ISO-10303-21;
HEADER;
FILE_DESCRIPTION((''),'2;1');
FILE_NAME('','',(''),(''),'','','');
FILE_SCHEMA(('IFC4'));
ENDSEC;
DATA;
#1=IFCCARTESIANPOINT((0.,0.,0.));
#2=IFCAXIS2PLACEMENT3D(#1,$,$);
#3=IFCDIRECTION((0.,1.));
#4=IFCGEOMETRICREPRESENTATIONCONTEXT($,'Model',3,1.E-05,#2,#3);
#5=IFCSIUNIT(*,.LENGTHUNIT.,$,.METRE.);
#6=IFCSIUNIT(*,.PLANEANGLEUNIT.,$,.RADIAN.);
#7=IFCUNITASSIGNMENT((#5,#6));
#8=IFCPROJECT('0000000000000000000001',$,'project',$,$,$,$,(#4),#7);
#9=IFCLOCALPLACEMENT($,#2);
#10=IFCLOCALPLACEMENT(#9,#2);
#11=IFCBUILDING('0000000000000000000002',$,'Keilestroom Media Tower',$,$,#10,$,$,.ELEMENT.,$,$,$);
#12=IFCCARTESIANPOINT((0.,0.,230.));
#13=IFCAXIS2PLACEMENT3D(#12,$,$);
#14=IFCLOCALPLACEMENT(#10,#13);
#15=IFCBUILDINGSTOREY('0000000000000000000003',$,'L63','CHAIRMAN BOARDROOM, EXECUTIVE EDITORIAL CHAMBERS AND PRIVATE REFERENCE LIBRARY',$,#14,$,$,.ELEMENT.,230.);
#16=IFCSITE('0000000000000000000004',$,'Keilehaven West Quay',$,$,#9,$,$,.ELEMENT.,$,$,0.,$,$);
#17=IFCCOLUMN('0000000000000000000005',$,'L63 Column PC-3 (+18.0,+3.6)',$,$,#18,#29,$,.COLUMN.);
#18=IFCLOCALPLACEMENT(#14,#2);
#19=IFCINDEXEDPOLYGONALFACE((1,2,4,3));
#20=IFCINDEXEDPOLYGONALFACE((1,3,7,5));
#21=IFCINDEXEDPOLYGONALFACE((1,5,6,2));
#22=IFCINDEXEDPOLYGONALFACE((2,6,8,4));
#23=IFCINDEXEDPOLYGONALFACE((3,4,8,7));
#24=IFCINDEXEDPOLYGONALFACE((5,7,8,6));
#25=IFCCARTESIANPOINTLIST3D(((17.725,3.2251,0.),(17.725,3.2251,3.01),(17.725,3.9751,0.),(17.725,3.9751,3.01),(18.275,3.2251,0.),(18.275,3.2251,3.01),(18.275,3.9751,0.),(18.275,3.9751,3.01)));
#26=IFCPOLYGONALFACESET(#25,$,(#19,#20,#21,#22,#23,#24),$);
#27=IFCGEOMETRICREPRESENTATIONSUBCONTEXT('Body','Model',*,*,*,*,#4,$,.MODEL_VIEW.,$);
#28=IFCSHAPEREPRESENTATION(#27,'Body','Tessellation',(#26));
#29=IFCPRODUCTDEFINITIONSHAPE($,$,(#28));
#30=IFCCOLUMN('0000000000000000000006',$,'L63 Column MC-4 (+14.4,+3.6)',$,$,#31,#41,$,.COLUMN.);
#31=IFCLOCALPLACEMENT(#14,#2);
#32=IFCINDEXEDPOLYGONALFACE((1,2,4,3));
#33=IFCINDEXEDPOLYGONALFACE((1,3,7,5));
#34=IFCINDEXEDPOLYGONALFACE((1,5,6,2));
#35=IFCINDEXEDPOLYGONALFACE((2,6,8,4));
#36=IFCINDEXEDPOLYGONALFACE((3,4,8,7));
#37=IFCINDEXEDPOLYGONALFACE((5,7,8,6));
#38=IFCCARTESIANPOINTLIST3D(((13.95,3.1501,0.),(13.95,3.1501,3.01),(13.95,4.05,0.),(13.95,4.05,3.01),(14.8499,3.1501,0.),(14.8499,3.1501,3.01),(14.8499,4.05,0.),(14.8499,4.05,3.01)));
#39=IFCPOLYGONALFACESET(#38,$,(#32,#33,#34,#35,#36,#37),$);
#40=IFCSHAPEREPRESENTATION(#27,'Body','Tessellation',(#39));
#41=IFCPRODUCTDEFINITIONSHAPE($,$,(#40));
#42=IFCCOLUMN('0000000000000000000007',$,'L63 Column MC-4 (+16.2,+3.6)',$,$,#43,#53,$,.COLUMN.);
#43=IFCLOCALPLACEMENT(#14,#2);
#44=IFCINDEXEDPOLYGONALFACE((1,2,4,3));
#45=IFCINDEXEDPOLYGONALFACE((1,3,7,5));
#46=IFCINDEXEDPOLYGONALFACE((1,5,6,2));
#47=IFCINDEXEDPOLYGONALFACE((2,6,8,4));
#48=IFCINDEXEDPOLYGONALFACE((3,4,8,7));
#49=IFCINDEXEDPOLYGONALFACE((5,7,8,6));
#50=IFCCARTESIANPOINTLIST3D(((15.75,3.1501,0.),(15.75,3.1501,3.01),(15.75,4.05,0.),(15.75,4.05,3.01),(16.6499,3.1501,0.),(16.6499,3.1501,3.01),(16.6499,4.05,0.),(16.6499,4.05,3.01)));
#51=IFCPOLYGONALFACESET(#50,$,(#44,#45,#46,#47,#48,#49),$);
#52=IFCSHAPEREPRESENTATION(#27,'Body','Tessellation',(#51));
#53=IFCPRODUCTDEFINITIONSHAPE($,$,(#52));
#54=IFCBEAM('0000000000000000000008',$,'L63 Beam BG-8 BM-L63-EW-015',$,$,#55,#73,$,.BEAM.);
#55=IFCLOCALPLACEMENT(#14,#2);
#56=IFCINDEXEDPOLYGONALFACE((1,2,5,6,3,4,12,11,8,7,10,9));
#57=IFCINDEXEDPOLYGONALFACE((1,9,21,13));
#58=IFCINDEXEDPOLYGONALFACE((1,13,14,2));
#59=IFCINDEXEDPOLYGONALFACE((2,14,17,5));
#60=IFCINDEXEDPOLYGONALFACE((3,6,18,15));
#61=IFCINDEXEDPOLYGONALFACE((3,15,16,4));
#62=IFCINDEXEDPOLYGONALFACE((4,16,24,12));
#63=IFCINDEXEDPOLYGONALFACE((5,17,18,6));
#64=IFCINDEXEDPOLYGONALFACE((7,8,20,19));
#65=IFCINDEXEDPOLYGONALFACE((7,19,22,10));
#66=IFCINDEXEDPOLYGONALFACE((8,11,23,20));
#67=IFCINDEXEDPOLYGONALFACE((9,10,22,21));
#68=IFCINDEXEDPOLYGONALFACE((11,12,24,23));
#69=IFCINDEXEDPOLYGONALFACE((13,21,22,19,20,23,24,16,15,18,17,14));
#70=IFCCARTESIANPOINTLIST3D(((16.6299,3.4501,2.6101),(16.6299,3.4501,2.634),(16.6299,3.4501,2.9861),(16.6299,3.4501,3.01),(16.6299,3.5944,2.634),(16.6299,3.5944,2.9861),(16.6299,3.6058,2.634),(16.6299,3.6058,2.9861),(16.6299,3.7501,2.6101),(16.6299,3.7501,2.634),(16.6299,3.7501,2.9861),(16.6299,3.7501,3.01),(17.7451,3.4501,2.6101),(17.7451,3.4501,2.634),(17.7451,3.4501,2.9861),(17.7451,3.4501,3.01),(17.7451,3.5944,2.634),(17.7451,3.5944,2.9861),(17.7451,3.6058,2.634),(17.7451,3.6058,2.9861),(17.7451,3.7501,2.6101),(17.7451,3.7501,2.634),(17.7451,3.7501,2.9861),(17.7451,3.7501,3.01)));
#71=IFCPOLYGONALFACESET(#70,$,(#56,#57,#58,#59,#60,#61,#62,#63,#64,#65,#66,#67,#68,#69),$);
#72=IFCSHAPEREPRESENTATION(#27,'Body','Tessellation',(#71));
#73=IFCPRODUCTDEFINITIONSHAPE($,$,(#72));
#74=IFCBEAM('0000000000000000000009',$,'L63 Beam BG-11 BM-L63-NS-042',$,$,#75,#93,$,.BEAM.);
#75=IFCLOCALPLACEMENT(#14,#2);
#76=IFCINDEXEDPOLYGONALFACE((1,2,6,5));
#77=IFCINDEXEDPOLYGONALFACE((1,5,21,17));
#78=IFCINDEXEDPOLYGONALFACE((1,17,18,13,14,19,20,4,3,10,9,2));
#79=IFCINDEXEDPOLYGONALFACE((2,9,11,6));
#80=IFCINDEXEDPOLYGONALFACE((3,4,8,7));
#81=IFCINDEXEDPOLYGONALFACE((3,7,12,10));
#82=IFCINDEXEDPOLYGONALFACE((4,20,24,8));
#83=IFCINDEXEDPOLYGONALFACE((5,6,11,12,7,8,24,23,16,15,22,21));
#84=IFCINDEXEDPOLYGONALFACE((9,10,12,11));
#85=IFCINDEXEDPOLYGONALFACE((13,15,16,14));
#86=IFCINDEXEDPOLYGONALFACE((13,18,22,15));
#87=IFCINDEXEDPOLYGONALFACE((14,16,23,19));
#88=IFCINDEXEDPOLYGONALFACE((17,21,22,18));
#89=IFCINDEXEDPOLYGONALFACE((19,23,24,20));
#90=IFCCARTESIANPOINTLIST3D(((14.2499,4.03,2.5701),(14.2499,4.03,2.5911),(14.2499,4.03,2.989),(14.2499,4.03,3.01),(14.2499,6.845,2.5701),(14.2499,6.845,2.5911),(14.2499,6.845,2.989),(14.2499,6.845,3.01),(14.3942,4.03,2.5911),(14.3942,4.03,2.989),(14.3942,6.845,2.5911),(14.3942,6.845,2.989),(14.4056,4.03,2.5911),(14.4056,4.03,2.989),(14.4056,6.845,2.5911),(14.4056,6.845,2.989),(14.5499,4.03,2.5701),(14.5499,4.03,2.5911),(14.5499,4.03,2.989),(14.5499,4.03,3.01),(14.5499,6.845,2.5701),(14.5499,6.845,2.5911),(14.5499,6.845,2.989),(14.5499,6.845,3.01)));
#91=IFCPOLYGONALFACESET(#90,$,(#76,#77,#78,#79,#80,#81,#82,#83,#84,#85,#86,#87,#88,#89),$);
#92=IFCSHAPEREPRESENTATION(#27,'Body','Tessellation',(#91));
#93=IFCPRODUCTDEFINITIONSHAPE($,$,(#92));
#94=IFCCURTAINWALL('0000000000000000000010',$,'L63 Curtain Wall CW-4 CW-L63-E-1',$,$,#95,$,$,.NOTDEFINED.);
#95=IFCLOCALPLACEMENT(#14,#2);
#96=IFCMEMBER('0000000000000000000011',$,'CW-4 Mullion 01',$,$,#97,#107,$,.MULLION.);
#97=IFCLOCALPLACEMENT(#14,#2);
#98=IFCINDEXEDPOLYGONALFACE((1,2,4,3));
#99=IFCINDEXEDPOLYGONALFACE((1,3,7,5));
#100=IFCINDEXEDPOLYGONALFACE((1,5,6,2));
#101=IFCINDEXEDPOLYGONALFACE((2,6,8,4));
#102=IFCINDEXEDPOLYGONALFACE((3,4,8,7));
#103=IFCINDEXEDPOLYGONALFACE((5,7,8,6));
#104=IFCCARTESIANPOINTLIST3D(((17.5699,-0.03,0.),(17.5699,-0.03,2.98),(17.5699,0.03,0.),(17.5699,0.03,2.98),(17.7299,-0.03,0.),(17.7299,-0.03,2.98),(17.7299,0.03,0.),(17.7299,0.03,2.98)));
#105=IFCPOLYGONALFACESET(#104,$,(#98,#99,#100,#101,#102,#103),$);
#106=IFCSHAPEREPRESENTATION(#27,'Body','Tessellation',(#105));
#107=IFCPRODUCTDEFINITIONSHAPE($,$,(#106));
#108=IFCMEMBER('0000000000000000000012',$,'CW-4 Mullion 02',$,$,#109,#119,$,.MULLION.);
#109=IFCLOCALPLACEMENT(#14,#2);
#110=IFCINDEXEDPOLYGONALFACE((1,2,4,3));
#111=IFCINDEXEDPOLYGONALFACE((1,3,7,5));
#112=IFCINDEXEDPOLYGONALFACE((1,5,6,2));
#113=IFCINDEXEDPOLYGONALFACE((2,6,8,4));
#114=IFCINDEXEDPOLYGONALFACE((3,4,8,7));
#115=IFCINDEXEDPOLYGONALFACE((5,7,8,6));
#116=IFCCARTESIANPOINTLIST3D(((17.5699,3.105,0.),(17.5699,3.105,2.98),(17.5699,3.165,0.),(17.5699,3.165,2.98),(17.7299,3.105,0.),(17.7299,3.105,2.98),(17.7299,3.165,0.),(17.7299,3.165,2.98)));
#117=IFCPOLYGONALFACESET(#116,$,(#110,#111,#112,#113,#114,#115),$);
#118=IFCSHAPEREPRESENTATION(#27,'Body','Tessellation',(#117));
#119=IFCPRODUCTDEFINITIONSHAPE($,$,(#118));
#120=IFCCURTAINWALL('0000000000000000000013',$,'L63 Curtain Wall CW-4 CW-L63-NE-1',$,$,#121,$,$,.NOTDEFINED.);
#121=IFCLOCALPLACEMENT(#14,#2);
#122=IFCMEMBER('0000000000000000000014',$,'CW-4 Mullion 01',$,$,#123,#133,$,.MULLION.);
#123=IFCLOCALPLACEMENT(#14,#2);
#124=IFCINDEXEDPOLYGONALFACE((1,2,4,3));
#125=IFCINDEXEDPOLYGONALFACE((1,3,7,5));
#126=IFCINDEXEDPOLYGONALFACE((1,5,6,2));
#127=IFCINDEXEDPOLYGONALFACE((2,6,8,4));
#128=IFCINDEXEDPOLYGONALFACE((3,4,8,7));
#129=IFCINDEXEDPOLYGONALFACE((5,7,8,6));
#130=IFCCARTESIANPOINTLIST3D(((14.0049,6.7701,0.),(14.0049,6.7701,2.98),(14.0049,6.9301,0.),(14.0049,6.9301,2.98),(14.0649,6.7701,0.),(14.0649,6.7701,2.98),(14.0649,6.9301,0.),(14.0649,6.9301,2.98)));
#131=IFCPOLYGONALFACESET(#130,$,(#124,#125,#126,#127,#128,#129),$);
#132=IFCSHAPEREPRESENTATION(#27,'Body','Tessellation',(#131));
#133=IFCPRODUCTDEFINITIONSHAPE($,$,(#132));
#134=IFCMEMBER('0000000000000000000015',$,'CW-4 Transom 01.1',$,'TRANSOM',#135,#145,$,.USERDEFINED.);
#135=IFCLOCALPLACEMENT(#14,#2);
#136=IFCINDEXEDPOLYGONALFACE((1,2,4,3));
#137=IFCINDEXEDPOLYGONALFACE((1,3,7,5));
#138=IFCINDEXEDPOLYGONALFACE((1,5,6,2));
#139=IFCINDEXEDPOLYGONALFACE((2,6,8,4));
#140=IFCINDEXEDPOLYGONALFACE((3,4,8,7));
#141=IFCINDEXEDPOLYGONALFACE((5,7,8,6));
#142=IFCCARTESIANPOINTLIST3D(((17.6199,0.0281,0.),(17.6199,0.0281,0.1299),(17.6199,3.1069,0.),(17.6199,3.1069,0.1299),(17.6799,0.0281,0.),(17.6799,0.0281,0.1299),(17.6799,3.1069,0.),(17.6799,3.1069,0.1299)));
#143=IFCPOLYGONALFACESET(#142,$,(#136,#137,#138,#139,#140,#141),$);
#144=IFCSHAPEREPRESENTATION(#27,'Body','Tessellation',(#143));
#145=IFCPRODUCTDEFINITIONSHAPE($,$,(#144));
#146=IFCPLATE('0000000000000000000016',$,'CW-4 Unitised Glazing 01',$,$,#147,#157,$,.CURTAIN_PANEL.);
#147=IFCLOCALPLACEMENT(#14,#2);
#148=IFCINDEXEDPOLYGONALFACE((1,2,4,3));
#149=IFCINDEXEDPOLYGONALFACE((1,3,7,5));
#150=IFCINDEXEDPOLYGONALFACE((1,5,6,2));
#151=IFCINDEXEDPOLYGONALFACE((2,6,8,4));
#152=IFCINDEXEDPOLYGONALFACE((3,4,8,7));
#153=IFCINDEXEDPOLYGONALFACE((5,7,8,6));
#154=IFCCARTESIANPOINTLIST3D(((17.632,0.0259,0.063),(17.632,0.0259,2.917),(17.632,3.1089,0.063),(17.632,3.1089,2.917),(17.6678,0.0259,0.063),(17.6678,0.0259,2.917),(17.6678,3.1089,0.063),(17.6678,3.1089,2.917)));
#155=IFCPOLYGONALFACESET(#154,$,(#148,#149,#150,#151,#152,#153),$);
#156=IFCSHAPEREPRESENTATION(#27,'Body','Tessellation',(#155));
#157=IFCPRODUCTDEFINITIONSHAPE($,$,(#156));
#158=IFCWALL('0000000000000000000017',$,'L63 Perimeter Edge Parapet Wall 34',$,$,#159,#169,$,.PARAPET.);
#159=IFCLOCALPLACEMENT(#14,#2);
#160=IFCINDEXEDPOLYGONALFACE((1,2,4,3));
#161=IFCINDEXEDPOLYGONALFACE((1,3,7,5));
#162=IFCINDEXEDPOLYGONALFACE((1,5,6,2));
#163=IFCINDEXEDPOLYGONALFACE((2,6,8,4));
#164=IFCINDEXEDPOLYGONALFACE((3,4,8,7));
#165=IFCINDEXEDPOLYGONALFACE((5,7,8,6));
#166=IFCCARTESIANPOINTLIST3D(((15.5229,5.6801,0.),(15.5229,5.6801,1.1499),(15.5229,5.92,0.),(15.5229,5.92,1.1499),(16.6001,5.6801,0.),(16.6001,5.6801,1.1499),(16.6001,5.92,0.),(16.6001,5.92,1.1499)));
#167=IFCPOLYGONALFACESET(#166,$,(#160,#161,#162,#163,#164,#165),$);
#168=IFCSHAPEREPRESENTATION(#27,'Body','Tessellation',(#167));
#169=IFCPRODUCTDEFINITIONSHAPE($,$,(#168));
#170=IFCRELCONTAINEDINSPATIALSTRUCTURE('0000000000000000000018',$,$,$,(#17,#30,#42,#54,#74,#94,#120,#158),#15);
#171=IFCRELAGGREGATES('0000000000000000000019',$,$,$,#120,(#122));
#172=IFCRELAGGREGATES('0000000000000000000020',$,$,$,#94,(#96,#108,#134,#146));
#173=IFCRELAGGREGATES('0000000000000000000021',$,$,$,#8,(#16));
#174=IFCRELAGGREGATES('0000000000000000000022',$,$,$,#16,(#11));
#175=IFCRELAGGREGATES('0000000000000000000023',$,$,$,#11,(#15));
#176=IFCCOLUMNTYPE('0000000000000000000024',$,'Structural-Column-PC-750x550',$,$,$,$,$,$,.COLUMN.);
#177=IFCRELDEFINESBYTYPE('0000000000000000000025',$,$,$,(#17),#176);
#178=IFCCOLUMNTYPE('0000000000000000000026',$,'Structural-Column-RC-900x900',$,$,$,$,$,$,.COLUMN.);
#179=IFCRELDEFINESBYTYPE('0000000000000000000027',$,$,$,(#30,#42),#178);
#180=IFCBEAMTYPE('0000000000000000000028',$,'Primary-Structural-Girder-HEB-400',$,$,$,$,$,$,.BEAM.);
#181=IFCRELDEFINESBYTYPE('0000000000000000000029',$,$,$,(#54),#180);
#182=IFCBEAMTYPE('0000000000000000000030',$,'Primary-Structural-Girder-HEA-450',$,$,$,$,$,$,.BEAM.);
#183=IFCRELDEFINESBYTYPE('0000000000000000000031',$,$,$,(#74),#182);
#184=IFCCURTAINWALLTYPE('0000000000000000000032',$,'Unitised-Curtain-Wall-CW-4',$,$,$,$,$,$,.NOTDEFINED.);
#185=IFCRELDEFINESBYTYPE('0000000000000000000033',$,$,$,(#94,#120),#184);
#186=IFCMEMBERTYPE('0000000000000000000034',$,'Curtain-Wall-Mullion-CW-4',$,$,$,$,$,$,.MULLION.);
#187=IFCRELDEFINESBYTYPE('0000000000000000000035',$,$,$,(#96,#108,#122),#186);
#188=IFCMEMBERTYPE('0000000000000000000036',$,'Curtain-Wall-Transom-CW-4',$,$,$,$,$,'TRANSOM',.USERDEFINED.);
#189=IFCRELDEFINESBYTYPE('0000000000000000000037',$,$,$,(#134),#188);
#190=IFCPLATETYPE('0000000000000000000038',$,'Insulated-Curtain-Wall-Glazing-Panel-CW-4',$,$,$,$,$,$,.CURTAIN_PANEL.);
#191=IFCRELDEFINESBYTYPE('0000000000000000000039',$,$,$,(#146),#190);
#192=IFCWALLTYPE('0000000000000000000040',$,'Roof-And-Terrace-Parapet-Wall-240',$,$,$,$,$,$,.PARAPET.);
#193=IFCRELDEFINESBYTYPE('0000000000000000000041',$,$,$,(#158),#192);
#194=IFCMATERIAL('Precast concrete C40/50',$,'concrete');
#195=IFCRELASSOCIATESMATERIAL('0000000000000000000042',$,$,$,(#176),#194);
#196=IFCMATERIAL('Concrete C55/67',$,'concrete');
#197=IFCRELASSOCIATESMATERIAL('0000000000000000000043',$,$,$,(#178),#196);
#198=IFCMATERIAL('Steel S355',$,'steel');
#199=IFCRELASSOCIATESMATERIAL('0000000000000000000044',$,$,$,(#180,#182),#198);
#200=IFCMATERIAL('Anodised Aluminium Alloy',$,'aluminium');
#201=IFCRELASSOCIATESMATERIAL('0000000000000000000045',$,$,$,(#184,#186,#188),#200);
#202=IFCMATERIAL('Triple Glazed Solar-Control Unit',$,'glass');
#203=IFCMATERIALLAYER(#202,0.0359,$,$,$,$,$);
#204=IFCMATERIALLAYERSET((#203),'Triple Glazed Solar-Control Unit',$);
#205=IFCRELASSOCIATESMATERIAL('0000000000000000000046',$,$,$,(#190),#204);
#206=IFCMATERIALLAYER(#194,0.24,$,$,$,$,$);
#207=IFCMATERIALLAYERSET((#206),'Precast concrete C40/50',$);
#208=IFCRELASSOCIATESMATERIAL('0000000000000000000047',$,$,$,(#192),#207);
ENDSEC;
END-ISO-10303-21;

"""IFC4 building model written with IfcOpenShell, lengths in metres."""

from ifc_helpers import new_model, si_unit, direction, frame, frame_2d, origin, origin_2d, place, context, subcontext, project, spatial, rectangle, i_section, extrude, source, transform, mapped, material, layer, layer_set, material_profile, profile_set, type_object, element, aggregate, save


model = new_model("IFC4")

# Units and contexts
model_context = context("Model", 3, precision=1e-05, world=origin(), true_north=direction((0.0, 1.0)))
body_context = subcontext(model_context, "Body", "Model", "MODEL_VIEW")
ifc_project = project(units=[si_unit("LENGTHUNIT", "METRE"), si_unit("PLANEANGLEUNIT", "RADIAN")], contexts=[model_context])

# Site, building, storey
site_placement = place(None, origin())
site = spatial("IfcSite", under=ifc_project, at=site_placement, Name="Keilehaven West Quay", CompositionType="ELEMENT", RefElevation=0.0)
building_placement = place(site_placement, origin())
building = spatial("IfcBuilding", under=site, at=building_placement, Name="Keilestroom Media Tower", CompositionType="ELEMENT")
storey_placement = place(building_placement, frame((0.0, 0.0, 230.0)))
storey = spatial("IfcBuildingStorey", under=building, at=storey_placement, Name="L63", Description="CHAIRMAN BOARDROOM, EXECUTIVE EDITORIAL CHAMBERS AND PRIVATE REFERENCE LIBRARY", CompositionType="ELEMENT", Elevation=230.0)

# Columns
ifc_material_1 = material(Name="Precast concrete C40/50", Category="concrete")
ifc_material_profile_1 = material_profile(ifc_material_1, rectangle(XDim=0.55, YDim=0.75, at=origin_2d()), Name="PC 750x550")
ifc_profile_set_1 = profile_set([ifc_material_profile_1], Name="Precast concrete C40/50")
column_type_1 = type_object("IfcColumnType", Name="Structural-Column-PC-750x550", PredefinedType="COLUMN", material=ifc_profile_set_1)
shared_shape_1 = source(origin(), body_context, "Body", "SweptSolid", [
    extrude(rectangle(XDim=0.55, YDim=0.75, at=origin_2d()), origin(), (0.0, 0.0, 1.0), 3.01),
])
column_placement = place(storey_placement, frame((18.0, 3.6001, 0.0), z_axis=(0.0, 0.0, 1.0), x_axis=(1.0, 0.0, 0.0)))
element("IfcColumn", 1, at=column_placement, inside=storey, type_object=column_type_1, Name="L63 Column PC-3 (+18.0,+3.6)", PredefinedType="COLUMN", context=body_context, shape_type="MappedRepresentation", body=[
    mapped(shared_shape_1, transform((0.0, 0.0, 0.0), x_axis=(1.0, 0.0, 0.0), y_axis=(0.0, 1.0, 0.0), z_axis=(0.0, 0.0, 1.0), scale=1.0)),
])
ifc_material_2 = material(Name="Concrete C55/67", Category="concrete")
ifc_material_profile_2 = material_profile(ifc_material_2, rectangle(XDim=0.8999, YDim=0.8999, at=origin_2d()), Name="RC 900x900")
ifc_profile_set_2 = profile_set([ifc_material_profile_2], Name="Concrete C55/67")
column_type_2 = type_object("IfcColumnType", Name="Structural-Column-RC-900x900", PredefinedType="COLUMN", material=ifc_profile_set_2)
shared_shape_2 = source(origin(), body_context, "Body", "SweptSolid", [
    extrude(rectangle(XDim=0.8999, YDim=0.8999, at=origin_2d()), origin(), (0.0, 0.0, 1.0), 3.01),
])
for number, where, z_axis, x_axis, name in (
    (2, (14.3999, 3.6001, 0.0), (0.0, 0.0, 1.0), (1.0, 0.0, 0.0), "L63 Column MC-4 (+14.4,+3.6)"),
    (3, (16.2, 3.6001, 0.0), (0.0, 0.0, 1.0), (1.0, 0.0, 0.0), "L63 Column MC-4 (+16.2,+3.6)"),
):
    element("IfcColumn", number, at=place(storey_placement, frame(where, z_axis=z_axis, x_axis=x_axis)), inside=storey, type_object=column_type_2, Name=name, PredefinedType="COLUMN", context=body_context, shape_type="MappedRepresentation", body=[
        mapped(shared_shape_2, transform((0.0, 0.0, 0.0), x_axis=(1.0, 0.0, 0.0), y_axis=(0.0, 1.0, 0.0), z_axis=(0.0, 0.0, 1.0), scale=1.0)),
    ])

# Beams
ifc_material_3 = material(Name="Steel S355", Category="steel")
ifc_material_profile_3 = material_profile(ifc_material_3, i_section(OverallWidth=0.3, OverallDepth=0.3999, WebThickness=0.0115, FlangeThickness=0.0239, at=origin_2d()), Name="HEB 400")
ifc_profile_set_3 = profile_set([ifc_material_profile_3], Name="Steel S355")
beam_type_1 = type_object("IfcBeamType", Name="Primary-Structural-Girder-HEB-400", PredefinedType="BEAM", material=ifc_profile_set_3)
shared_shape_3 = source(origin(), body_context, "Body", "SweptSolid", [
    extrude(i_section(OverallWidth=0.3, OverallDepth=0.3999, WebThickness=0.0115, FlangeThickness=0.0239, at=origin_2d()), origin(), (0.0, 0.0, 1.0), 1.1152),
])
beam_1_placement = place(storey_placement, frame((16.6299, 3.6001, 2.8101), z_axis=(1.0, 0.0, 0.0), x_axis=(0.0, 1.0, 0.0)))
element("IfcBeam", 4, at=beam_1_placement, inside=storey, type_object=beam_type_1, Name="L63 Beam BG-8 BM-L63-EW-015", PredefinedType="BEAM", context=body_context, shape_type="MappedRepresentation", body=[
    mapped(shared_shape_3, transform((0.0, 0.0, 0.0), x_axis=(1.0, 0.0, 0.0), y_axis=(0.0, 1.0, 0.0), z_axis=(0.0, 0.0, 1.0), scale=1.0)),
])
ifc_material_profile_4 = material_profile(ifc_material_3, i_section(OverallWidth=0.3, OverallDepth=0.4399, WebThickness=0.0115, FlangeThickness=0.021, at=origin_2d()), Name="HEA 450")
ifc_profile_set_4 = profile_set([ifc_material_profile_4], Name="Steel S355")
beam_type_2 = type_object("IfcBeamType", Name="Primary-Structural-Girder-HEA-450", PredefinedType="BEAM", material=ifc_profile_set_4)
shared_shape_4 = source(origin(), body_context, "Body", "SweptSolid", [
    extrude(i_section(OverallWidth=0.3, OverallDepth=0.4399, WebThickness=0.0115, FlangeThickness=0.021, at=origin_2d()), origin(), (0.0, 0.0, 1.0), 2.8149),
])
beam_2_placement = place(storey_placement, frame((14.3999, 4.03, 2.79), z_axis=(0.0, 1.0, 0.0), x_axis=(-1.0, 0.0, 0.0)))
element("IfcBeam", 5, at=beam_2_placement, inside=storey, type_object=beam_type_2, Name="L63 Beam BG-11 BM-L63-NS-042", PredefinedType="BEAM", context=body_context, shape_type="MappedRepresentation", body=[
    mapped(shared_shape_4, transform((0.0, 0.0, 0.0), x_axis=(1.0, 0.0, 0.0), y_axis=(0.0, 1.0, 0.0), z_axis=(0.0, 0.0, 1.0), scale=1.0)),
])

# Curtain wall, members
ifc_material_4 = material(Name="Anodised Aluminium Alloy", Category="aluminium")
curtain_wall_type = type_object("IfcCurtainWallType", Name="Unitised-Curtain-Wall-CW-4", PredefinedType="NOTDEFINED", material=ifc_material_4)
curtain_wall_1_placement = place(storey_placement, origin())
curtain_wall_1 = element("IfcCurtainWall", 6, at=curtain_wall_1_placement, inside=storey, type_object=curtain_wall_type, Name="L63 Curtain Wall CW-4 CW-L63-E-1", PredefinedType="NOTDEFINED")
ifc_material_profile_5 = material_profile(ifc_material_4, rectangle(XDim=0.0601, YDim=0.1599, at=origin_2d()), Name="ALU MULLION 60x160")
ifc_profile_set_5 = profile_set([ifc_material_profile_5], Name="Anodised Aluminium Alloy")
member_type_1 = type_object("IfcMemberType", Name="Curtain-Wall-Mullion-CW-4", PredefinedType="MULLION", material=ifc_profile_set_5)
shared_shape_5 = source(origin(), body_context, "Body", "SweptSolid", [
    extrude(rectangle(XDim=0.0601, YDim=0.1599, at=origin_2d()), origin(), (0.0, 0.0, 1.0), 2.98),
])
member_1_placement = place(storey_placement, frame((17.6499, 0.0, 0.0), z_axis=(0.0, 0.0, 1.0), x_axis=(0.0, 1.0, 0.0)))
member_1 = element("IfcMember", 7, at=member_1_placement, type_object=member_type_1, Name="CW-4 Mullion 01", PredefinedType="MULLION", context=body_context, shape_type="MappedRepresentation", body=[
    mapped(shared_shape_5, transform((0.0, 0.0, 0.0), x_axis=(1.0, 0.0, 0.0), y_axis=(0.0, 1.0, 0.0), z_axis=(0.0, 0.0, 1.0), scale=1.0)),
])
member_2_placement = place(storey_placement, frame((17.6499, 3.135, 0.0), z_axis=(0.0, 0.0, 1.0), x_axis=(0.0, 1.0, 0.0)))
member_2 = element("IfcMember", 8, at=member_2_placement, type_object=member_type_1, Name="CW-4 Mullion 02", PredefinedType="MULLION", context=body_context, shape_type="MappedRepresentation", body=[
    mapped(shared_shape_5, transform((0.0, 0.0, 0.0), x_axis=(1.0, 0.0, 0.0), y_axis=(0.0, 1.0, 0.0), z_axis=(0.0, 0.0, 1.0), scale=1.0)),
])

# Curtain wall, member
curtain_wall_2_placement = place(storey_placement, origin())
curtain_wall_2 = element("IfcCurtainWall", 9, at=curtain_wall_2_placement, inside=storey, type_object=curtain_wall_type, Name="L63 Curtain Wall CW-4 CW-L63-NE-1", PredefinedType="NOTDEFINED")
member_3_placement = place(storey_placement, frame((14.0349, 6.8501, 0.0), z_axis=(0.0, 0.0, 1.0), x_axis=(1.0, 0.0, 0.0)))
member_3 = element("IfcMember", 10, at=member_3_placement, type_object=member_type_1, Name="CW-4 Mullion 01", PredefinedType="MULLION", context=body_context, shape_type="MappedRepresentation", body=[
    mapped(shared_shape_5, transform((0.0, 0.0, 0.0), x_axis=(1.0, 0.0, 0.0), y_axis=(0.0, 1.0, 0.0), z_axis=(0.0, 0.0, 1.0), scale=1.0)),
])
aggregate(curtain_wall_2, [member_3])

# Member
ifc_material_profile_6 = material_profile(ifc_material_4, rectangle(XDim=0.0601, YDim=0.1299, at=origin_2d()), Name="ALU TRANSOM 60x130")
ifc_profile_set_6 = profile_set([ifc_material_profile_6], Name="Anodised Aluminium Alloy")
member_type_2 = type_object("IfcMemberType", Name="Curtain-Wall-Transom-CW-4", ElementType="TRANSOM", PredefinedType="USERDEFINED", material=ifc_profile_set_6)
shared_shape_6 = source(origin(), body_context, "Body", "SweptSolid", [
    extrude(rectangle(XDim=0.0601, YDim=0.1299, at=origin_2d()), origin(), (0.0, 0.0, 1.0), 3.0789),
])
member_4_placement = place(storey_placement, frame((17.6499, 0.0281, 0.0649), z_axis=(0.0, 1.0, 0.0), x_axis=(-1.0, 0.0, 0.0)))
member_4 = element("IfcMember", 11, at=member_4_placement, type_object=member_type_2, Name="CW-4 Transom 01.1", ObjectType="TRANSOM", PredefinedType="USERDEFINED", context=body_context, shape_type="MappedRepresentation", body=[
    mapped(shared_shape_6, transform((0.0, 0.0, 0.0), x_axis=(1.0, 0.0, 0.0), y_axis=(0.0, 1.0, 0.0), z_axis=(0.0, 0.0, 1.0), scale=1.0)),
])

# Plate
ifc_material_5 = material(Name="Triple Glazed Solar-Control Unit", Category="glass")
ifc_layer_1 = layer(ifc_material_5, 0.0359)
ifc_layer_set_1 = layer_set([ifc_layer_1], Name="Triple Glazed Solar-Control Unit")
plate_type = type_object("IfcPlateType", Name="Insulated-Curtain-Wall-Glazing-Panel-CW-4", PredefinedType="CURTAIN_PANEL", material=ifc_layer_set_1)
shared_shape_7 = source(origin(), body_context, "Body", "SweptSolid", [
    extrude(rectangle(XDim=3.083, YDim=0.0359, at=origin_2d()), origin(), (0.0, 0.0, 1.0), 2.854),
])
plate_placement = place(storey_placement, frame((17.6499, 1.5674, 0.063), z_axis=(0.0, 0.0, 1.0), x_axis=(0.0, 1.0, 0.0)))
plate = element("IfcPlate", 12, at=plate_placement, type_object=plate_type, Name="CW-4 Unitised Glazing 01", PredefinedType="CURTAIN_PANEL", context=body_context, shape_type="MappedRepresentation", body=[
    mapped(shared_shape_7, transform((0.0, 0.0, 0.0), x_axis=(1.0, 0.0, 0.0), y_axis=(0.0, 1.0, 0.0), z_axis=(0.0, 0.0, 1.0), scale=1.0)),
])
aggregate(curtain_wall_1, [member_1, member_2, member_4, plate])

# Wall
ifc_layer_2 = layer(ifc_material_1, 0.24)
ifc_layer_set_2 = layer_set([ifc_layer_2], Name="Precast concrete C40/50")
wall_type = type_object("IfcWallType", Name="Roof-And-Terrace-Parapet-Wall-240", PredefinedType="PARAPET", material=ifc_layer_set_2)
wall_1_placement = place(storey_placement, frame((15.5229, 5.8, 0.0), z_axis=(0.0, 0.0, 1.0), x_axis=(1.0, 0.0, 0.0)))
element("IfcWall", 13, at=wall_1_placement, inside=storey, type_object=wall_type, Name="L63 Perimeter Edge Parapet Wall 34", PredefinedType="PARAPET", context=body_context, shape_type="SweptSolid", body=[
    extrude(rectangle(XDim=1.0771, YDim=0.24, at=frame_2d((0.5386, 0.0))), origin(), (0.0, 0.0, 1.0), 1.1499),
])

save(model, "model.ifc")
